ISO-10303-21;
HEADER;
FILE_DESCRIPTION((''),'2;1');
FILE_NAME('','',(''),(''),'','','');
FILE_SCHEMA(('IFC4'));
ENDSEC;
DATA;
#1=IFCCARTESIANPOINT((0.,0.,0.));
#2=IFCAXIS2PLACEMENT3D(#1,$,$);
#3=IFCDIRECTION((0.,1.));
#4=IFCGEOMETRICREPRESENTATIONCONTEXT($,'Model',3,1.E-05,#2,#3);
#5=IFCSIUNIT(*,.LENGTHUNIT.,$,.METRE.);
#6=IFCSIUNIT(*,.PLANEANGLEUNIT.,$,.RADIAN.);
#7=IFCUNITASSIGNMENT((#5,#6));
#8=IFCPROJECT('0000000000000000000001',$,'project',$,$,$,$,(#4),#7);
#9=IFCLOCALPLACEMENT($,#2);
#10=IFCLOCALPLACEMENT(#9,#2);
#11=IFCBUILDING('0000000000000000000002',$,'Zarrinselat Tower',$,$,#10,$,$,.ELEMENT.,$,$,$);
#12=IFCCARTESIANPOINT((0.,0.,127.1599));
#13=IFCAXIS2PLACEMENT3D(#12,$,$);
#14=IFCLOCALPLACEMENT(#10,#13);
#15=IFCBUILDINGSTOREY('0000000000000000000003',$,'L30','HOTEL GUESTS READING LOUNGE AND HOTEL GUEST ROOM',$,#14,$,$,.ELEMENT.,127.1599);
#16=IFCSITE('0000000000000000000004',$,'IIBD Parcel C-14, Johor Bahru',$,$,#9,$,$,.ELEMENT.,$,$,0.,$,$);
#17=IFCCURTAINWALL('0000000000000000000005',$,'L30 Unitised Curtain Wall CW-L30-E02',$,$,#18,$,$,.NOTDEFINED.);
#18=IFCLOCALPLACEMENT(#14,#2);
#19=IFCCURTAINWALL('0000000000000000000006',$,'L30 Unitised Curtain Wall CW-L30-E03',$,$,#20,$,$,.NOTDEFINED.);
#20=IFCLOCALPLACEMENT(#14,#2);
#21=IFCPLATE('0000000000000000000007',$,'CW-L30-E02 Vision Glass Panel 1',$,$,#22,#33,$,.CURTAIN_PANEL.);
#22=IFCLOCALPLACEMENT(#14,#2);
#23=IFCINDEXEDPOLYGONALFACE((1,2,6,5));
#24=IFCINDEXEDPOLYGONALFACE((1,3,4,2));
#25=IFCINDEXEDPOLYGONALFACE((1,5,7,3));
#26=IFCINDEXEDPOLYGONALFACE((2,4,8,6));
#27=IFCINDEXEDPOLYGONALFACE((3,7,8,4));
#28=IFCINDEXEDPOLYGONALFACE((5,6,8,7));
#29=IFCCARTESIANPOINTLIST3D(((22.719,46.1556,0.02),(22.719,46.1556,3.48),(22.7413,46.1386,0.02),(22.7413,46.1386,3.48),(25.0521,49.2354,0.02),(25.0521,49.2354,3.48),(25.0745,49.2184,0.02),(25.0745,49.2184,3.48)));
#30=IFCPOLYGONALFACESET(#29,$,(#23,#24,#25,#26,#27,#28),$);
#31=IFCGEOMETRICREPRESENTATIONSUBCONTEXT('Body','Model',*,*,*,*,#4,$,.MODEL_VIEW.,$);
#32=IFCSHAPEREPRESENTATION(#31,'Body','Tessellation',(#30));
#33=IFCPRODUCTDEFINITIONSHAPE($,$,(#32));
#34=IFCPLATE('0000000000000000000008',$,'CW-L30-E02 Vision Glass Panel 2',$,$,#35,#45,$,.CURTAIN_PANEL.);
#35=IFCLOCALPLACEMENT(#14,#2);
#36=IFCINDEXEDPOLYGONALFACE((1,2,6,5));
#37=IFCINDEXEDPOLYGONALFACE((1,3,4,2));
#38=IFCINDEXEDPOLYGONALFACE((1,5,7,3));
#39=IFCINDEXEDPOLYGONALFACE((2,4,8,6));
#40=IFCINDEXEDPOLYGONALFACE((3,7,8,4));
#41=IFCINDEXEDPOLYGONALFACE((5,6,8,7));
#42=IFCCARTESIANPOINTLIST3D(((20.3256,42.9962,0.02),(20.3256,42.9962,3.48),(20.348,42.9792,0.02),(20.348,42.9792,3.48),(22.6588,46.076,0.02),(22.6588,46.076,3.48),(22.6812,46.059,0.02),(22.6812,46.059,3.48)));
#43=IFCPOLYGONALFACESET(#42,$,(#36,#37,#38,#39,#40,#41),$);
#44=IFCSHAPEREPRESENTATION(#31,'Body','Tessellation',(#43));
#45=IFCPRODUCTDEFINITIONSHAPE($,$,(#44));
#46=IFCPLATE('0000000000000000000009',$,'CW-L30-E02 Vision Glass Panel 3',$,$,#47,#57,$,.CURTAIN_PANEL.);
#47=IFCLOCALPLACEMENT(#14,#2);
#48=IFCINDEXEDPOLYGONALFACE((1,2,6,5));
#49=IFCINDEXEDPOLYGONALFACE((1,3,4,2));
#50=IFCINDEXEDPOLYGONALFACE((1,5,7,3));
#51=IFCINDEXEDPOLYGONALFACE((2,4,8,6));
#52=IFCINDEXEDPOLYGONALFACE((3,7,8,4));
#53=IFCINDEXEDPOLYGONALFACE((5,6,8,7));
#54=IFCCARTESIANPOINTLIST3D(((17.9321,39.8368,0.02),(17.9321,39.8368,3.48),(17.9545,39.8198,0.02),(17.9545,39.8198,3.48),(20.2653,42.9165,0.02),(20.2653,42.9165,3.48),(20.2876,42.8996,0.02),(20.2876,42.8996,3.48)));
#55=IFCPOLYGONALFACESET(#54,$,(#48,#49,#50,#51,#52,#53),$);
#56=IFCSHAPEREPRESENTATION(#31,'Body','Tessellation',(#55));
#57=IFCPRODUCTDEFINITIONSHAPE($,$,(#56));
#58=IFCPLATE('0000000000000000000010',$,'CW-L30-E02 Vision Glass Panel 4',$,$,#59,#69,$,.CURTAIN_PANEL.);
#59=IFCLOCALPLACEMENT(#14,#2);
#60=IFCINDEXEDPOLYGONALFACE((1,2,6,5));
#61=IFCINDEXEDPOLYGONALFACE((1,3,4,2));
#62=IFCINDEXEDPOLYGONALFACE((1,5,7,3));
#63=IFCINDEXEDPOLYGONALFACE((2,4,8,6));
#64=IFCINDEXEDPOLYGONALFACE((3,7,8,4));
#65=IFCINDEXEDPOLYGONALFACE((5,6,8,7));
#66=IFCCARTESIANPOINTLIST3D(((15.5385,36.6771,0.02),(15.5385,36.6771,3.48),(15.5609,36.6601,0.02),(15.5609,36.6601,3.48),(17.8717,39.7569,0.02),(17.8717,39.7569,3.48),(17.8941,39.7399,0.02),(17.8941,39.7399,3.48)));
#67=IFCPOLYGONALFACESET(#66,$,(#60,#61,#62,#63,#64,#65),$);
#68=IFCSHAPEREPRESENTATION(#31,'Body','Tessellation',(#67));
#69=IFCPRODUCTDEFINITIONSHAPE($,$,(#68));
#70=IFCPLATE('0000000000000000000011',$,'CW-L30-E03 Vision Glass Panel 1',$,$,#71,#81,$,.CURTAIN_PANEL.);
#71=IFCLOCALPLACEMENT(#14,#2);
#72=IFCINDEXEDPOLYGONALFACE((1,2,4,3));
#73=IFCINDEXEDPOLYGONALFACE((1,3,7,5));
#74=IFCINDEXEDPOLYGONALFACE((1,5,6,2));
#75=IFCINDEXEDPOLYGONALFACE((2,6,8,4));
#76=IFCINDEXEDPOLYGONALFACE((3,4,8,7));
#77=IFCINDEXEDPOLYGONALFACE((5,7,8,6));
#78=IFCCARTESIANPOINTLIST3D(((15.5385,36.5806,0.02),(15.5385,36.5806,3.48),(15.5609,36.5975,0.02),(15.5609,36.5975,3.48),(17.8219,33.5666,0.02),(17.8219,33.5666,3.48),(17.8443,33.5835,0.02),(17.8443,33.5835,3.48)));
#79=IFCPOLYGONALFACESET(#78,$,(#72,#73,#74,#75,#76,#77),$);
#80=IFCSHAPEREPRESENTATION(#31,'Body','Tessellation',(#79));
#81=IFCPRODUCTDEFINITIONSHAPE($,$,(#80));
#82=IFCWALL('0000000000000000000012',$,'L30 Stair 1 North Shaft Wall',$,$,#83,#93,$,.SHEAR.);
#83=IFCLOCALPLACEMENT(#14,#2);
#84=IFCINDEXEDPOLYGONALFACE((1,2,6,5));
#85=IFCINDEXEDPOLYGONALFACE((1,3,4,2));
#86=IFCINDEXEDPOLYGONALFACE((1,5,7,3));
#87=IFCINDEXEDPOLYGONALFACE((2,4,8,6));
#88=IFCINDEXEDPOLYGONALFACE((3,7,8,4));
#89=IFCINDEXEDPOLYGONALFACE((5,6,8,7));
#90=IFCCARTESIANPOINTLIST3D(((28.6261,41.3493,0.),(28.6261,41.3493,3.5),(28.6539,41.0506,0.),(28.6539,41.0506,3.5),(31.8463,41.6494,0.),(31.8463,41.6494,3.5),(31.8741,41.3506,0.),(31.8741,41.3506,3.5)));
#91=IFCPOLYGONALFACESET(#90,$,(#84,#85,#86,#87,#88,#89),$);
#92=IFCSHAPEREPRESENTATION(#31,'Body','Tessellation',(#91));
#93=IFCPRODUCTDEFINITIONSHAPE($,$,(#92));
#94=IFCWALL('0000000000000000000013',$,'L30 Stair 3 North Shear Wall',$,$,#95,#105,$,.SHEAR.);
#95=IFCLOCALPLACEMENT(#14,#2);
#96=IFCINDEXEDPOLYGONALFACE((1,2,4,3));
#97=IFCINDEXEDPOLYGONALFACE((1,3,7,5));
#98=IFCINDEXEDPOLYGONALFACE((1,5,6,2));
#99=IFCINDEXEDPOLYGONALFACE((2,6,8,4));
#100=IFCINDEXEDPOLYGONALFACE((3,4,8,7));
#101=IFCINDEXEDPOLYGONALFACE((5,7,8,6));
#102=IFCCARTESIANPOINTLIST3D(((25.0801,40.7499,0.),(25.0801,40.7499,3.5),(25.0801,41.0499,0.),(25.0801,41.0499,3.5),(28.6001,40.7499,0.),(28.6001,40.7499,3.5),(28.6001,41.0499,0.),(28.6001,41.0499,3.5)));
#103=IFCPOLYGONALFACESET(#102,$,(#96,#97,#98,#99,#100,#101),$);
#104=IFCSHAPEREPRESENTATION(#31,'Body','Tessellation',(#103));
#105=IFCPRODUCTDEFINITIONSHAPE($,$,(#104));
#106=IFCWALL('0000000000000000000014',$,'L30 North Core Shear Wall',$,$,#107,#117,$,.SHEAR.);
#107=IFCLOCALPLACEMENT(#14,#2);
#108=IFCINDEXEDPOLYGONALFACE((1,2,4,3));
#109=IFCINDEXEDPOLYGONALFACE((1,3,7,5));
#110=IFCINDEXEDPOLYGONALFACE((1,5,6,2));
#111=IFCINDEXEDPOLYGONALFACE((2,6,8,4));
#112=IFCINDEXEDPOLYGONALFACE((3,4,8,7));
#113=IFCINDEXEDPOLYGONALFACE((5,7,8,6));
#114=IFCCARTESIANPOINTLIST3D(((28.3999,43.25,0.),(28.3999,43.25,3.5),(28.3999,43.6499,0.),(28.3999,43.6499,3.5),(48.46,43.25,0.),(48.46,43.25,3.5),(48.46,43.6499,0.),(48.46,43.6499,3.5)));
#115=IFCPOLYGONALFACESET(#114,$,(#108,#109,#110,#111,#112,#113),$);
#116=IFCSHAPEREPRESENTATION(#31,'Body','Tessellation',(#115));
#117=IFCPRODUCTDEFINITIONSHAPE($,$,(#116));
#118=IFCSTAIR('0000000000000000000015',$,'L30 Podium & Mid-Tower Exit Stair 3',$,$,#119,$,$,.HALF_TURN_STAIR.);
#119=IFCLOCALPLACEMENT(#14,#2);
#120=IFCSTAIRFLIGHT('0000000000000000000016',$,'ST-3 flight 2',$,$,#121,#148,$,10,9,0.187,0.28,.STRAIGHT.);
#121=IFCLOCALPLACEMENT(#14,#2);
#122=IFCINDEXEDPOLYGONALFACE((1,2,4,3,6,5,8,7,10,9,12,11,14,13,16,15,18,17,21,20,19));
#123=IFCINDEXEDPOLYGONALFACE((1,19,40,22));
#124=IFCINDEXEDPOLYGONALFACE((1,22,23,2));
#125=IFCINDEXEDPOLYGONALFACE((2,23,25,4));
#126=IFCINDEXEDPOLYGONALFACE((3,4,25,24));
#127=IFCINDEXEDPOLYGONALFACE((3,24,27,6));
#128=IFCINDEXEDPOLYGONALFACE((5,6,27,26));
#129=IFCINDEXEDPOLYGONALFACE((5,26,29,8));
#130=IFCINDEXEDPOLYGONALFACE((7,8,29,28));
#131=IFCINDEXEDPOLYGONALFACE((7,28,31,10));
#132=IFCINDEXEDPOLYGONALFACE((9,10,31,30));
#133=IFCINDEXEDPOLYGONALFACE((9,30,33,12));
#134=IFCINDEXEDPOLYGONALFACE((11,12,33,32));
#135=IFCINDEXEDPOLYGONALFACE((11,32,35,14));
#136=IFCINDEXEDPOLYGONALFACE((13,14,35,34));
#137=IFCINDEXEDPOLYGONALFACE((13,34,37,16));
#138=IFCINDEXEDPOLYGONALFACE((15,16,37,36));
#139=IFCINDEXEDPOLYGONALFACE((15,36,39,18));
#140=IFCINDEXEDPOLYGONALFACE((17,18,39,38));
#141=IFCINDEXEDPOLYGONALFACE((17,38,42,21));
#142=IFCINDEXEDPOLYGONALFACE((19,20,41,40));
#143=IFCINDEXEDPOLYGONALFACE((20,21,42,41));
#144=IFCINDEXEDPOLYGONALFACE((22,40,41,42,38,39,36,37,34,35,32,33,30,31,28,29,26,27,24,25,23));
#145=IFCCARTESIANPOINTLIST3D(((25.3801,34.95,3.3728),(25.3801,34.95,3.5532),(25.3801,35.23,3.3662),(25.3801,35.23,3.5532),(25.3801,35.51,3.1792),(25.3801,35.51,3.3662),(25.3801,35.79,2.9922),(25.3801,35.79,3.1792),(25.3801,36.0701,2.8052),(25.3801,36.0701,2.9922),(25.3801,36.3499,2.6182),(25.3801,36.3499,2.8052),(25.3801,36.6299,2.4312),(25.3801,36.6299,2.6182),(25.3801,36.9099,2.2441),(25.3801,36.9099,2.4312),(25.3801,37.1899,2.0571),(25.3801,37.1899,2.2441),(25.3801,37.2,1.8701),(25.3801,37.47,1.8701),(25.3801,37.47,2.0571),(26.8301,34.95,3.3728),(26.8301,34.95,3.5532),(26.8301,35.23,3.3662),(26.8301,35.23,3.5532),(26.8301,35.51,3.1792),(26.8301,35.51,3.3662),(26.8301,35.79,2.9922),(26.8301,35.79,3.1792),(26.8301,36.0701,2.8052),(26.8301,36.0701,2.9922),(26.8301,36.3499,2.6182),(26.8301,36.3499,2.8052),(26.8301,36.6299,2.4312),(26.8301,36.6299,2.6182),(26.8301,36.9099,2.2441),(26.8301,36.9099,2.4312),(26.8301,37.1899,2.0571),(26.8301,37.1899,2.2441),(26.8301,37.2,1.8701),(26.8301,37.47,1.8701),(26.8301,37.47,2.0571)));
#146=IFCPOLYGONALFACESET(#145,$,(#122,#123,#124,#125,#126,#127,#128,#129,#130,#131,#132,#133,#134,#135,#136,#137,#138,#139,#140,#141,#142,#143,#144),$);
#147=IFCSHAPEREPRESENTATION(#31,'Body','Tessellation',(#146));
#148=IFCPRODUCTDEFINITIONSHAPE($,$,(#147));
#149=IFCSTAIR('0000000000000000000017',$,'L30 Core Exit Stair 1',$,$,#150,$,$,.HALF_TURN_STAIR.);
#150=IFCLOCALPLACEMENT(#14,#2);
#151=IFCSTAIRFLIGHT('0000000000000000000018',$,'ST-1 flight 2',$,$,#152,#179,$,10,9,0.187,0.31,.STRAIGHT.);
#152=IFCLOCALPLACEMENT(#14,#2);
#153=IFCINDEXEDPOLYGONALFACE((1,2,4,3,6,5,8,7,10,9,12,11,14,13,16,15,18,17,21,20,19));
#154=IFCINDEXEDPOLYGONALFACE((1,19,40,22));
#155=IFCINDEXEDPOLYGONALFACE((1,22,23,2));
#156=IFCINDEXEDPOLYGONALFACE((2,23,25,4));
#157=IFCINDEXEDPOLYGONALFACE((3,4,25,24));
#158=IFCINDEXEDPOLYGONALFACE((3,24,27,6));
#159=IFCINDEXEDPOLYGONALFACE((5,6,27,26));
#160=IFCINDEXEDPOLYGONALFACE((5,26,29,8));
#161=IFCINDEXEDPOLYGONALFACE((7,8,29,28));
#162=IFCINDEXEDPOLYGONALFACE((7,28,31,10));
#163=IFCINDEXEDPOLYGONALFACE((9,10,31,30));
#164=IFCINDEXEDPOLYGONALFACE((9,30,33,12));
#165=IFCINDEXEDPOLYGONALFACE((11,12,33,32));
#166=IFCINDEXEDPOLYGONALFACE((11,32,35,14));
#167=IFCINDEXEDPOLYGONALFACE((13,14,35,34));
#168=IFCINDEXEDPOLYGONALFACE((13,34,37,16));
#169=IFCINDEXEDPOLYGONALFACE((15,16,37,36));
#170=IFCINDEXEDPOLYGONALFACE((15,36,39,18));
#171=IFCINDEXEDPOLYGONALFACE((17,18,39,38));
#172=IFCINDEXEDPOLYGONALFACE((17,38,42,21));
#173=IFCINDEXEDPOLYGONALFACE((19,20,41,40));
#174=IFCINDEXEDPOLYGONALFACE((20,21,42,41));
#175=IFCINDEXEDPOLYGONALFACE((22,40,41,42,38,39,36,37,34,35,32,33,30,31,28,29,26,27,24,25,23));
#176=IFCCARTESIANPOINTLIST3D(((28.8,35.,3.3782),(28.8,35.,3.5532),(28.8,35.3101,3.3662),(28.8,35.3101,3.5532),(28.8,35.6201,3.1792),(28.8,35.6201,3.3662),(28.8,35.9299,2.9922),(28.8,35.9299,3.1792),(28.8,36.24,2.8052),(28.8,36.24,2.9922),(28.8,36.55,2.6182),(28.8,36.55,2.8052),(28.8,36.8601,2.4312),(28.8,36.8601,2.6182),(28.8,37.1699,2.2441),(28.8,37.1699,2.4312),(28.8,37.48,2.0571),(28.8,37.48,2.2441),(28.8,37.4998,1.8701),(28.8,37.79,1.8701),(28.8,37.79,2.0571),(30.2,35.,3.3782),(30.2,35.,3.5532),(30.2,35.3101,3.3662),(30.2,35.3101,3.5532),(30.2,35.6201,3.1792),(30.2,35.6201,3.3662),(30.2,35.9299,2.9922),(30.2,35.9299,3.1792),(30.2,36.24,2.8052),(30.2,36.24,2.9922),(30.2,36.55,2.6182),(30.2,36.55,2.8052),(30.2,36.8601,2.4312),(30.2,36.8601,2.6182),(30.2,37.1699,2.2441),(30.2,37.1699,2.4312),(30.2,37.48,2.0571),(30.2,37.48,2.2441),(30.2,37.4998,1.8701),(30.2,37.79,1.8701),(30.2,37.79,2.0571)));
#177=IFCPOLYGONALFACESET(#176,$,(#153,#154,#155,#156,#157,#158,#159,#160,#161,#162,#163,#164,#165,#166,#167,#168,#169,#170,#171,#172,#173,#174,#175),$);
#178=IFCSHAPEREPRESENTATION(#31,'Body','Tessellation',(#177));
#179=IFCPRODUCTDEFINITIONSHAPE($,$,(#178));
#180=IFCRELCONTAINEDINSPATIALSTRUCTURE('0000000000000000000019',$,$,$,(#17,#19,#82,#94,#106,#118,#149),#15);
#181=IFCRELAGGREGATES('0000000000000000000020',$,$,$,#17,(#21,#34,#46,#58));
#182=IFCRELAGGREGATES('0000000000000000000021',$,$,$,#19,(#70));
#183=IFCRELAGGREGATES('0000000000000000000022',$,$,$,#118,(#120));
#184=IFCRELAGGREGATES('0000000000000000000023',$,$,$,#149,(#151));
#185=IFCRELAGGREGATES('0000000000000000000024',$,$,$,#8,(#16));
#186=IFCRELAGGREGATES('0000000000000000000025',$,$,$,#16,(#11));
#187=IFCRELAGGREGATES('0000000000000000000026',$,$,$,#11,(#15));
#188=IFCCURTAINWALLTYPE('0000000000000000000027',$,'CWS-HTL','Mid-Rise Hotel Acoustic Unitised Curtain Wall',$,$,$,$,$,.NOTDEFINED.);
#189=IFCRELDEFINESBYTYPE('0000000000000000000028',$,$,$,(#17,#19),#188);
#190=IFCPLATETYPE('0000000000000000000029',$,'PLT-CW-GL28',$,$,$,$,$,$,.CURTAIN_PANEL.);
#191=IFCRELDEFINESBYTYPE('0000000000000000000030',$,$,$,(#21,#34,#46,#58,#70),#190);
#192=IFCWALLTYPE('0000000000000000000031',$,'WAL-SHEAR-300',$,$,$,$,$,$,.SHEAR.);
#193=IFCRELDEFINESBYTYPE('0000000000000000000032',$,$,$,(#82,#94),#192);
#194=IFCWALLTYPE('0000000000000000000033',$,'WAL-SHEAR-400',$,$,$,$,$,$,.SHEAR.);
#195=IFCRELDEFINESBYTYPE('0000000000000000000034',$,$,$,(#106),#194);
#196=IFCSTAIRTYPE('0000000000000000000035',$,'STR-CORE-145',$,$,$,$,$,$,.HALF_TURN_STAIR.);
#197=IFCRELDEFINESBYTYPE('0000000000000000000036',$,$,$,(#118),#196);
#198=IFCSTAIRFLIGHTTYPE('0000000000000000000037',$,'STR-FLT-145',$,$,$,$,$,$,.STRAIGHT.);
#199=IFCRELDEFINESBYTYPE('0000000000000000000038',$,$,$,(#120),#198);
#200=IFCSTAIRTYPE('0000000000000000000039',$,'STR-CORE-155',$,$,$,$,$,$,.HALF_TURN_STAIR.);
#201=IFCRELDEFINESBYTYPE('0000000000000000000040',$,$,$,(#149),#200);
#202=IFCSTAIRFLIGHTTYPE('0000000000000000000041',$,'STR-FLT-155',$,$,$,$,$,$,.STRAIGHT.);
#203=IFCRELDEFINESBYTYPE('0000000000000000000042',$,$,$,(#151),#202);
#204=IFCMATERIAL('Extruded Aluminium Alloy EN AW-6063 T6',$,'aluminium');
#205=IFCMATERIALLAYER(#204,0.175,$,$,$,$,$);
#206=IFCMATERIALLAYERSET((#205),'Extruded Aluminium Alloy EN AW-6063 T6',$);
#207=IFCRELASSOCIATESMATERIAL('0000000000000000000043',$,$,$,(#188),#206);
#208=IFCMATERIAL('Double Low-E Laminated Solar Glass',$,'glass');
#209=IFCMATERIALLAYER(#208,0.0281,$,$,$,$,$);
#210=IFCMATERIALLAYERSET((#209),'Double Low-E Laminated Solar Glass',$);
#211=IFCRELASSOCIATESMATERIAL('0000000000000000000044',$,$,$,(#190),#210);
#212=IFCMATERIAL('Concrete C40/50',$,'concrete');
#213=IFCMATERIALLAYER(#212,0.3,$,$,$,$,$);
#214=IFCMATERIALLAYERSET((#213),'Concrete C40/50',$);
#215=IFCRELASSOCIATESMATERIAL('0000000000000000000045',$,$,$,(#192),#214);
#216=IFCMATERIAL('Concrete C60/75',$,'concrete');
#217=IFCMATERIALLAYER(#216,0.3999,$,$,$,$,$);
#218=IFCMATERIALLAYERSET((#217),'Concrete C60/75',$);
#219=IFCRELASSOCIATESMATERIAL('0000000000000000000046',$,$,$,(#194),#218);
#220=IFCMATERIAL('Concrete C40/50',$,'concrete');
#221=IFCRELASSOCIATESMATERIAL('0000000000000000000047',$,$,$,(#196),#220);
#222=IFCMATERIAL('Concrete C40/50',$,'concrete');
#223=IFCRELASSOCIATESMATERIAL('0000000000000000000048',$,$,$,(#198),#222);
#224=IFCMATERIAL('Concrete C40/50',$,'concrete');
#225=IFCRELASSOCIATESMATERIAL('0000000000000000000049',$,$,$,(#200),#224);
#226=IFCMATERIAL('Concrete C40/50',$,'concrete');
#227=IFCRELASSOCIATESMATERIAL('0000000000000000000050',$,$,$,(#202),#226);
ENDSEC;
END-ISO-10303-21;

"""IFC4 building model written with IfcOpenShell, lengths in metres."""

from ifc_helpers import new_model, si_unit, direction, frame, frame_2d, origin, origin_2d, place, context, subcontext, project, spatial, polyline, rectangle, outline, extrude, material, layer, layer_set, type_object, element, aggregate, save


model = new_model("IFC4")

# Units and contexts
model_context = context("Model", 3, precision=1e-05, world=origin(), true_north=direction((0.0, 1.0)))
body_context = subcontext(model_context, "Body", "Model", "MODEL_VIEW")
ifc_project = project(units=[si_unit("LENGTHUNIT", "METRE"), si_unit("PLANEANGLEUNIT", "RADIAN")], contexts=[model_context])

# Site, building, storey
site_placement = place(None, origin())
site = spatial("IfcSite", under=ifc_project, at=site_placement, Name="IIBD Parcel C-14, Johor Bahru", CompositionType="ELEMENT", RefElevation=0.0)
building_placement = place(site_placement, origin())
building = spatial("IfcBuilding", under=site, at=building_placement, Name="Zarrinselat Tower", CompositionType="ELEMENT")
storey_placement = place(building_placement, frame((0.0, 0.0, 127.1599)))
storey = spatial("IfcBuildingStorey", under=building, at=storey_placement, Name="L30", Description="HOTEL GUESTS READING LOUNGE AND HOTEL GUEST ROOM", CompositionType="ELEMENT", Elevation=127.1599)

# Curtain wall
ifc_material_1 = material(Name="Extruded Aluminium Alloy EN AW-6063 T6", Category="aluminium")
ifc_layer_1 = layer(ifc_material_1, 0.175)
ifc_layer_set_1 = layer_set([ifc_layer_1], Name="Extruded Aluminium Alloy EN AW-6063 T6")
curtain_wall_type = type_object("IfcCurtainWallType", Name="CWS-HTL", Description="Mid-Rise Hotel Acoustic Unitised Curtain Wall", PredefinedType="NOTDEFINED", material=ifc_layer_set_1)
curtain_wall_1_placement = place(storey_placement, origin())
curtain_wall_1 = element("IfcCurtainWall", 1, at=curtain_wall_1_placement, inside=storey, type_object=curtain_wall_type, Name="L30 Unitised Curtain Wall CW-L30-E02", PredefinedType="NOTDEFINED")

# Curtain wall
curtain_wall_2_placement = place(storey_placement, origin())
curtain_wall_2 = element("IfcCurtainWall", 2, at=curtain_wall_2_placement, inside=storey, type_object=curtain_wall_type, Name="L30 Unitised Curtain Wall CW-L30-E03", PredefinedType="NOTDEFINED")

# Plates
ifc_material_2 = material(Name="Double Low-E Laminated Solar Glass", Category="glass")
ifc_layer_2 = layer(ifc_material_2, 0.0281)
ifc_layer_set_2 = layer_set([ifc_layer_2], Name="Double Low-E Laminated Solar Glass")
plate_type = type_object("IfcPlateType", Name="PLT-CW-GL28", PredefinedType="CURTAIN_PANEL", material=ifc_layer_set_2)
plate_1_placement = place(storey_placement, frame((23.8967, 47.687, 0.02), z_axis=(0.0, 0.0, 1.0), x_axis=(-0.603858, -0.797092, 0.0)))
plate_1 = element("IfcPlate", 3, at=plate_1_placement, type_object=plate_type, Name="CW-L30-E02 Vision Glass Panel 1", PredefinedType="CURTAIN_PANEL", context=body_context, shape_type="SweptSolid", body=[
    extrude(rectangle(XDim=3.8638, YDim=0.0281, at=origin_2d()), origin(), (0.0, 0.0, 1.0), 3.46),
])
plate_2_placement = place(storey_placement, frame((21.5034, 44.5276, 0.02), z_axis=(0.0, 0.0, 1.0), x_axis=(-0.603858, -0.797092, 0.0)))
plate_2 = element("IfcPlate", 4, at=plate_2_placement, type_object=plate_type, Name="CW-L30-E02 Vision Glass Panel 2", PredefinedType="CURTAIN_PANEL", context=body_context, shape_type="SweptSolid", body=[
    extrude(rectangle(XDim=3.8638, YDim=0.0281, at=origin_2d()), origin(), (0.0, 0.0, 1.0), 3.46),
])
plate_3_placement = place(storey_placement, frame((19.1099, 41.3682, 0.02), z_axis=(0.0, 0.0, 1.0), x_axis=(-0.603858, -0.797092, 0.0)))
plate_3 = element("IfcPlate", 5, at=plate_3_placement, type_object=plate_type, Name="CW-L30-E02 Vision Glass Panel 3", PredefinedType="CURTAIN_PANEL", context=body_context, shape_type="SweptSolid", body=[
    extrude(rectangle(XDim=3.8638, YDim=0.0281, at=origin_2d()), origin(), (0.0, 0.0, 1.0), 3.46),
])
plate_4_placement = place(storey_placement, frame((16.7163, 38.2085, 0.02), z_axis=(0.0, 0.0, 1.0), x_axis=(-0.603858, -0.797092, 0.0)))
plate_4 = element("IfcPlate", 6, at=plate_4_placement, type_object=plate_type, Name="CW-L30-E02 Vision Glass Panel 4", PredefinedType="CURTAIN_PANEL", context=body_context, shape_type="SweptSolid", body=[
    extrude(rectangle(XDim=3.8638, YDim=0.0281, at=origin_2d()), origin(), (0.0, 0.0, 1.0), 3.46),
])
aggregate(curtain_wall_1, [plate_1, plate_2, plate_3, plate_4])
plate_5_placement = place(storey_placement, frame((16.6914, 35.082, 0.02), z_axis=(0.0, 0.0, 1.0), x_axis=(0.603858, -0.797092, 0.0)))
plate_5 = element("IfcPlate", 7, at=plate_5_placement, type_object=plate_type, Name="CW-L30-E03 Vision Glass Panel 1", PredefinedType="CURTAIN_PANEL", context=body_context, shape_type="SweptSolid", body=[
    extrude(rectangle(XDim=3.7812, YDim=0.0281, at=origin_2d()), origin(), (0.0, 0.0, 1.0), 3.46),
])
aggregate(curtain_wall_2, [plate_5])

# Walls
ifc_material_3 = material(Name="Concrete C40/50", Category="concrete")
ifc_layer_3 = layer(ifc_material_3, 0.3)
ifc_layer_set_3 = layer_set([ifc_layer_3], Name="Concrete C40/50")
wall_type_1 = type_object("IfcWallType", Name="WAL-SHEAR-300", PredefinedType="SHEAR", material=ifc_layer_set_3)
wall_1_placement = place(storey_placement, frame((28.6399, 41.2, 0.0), z_axis=(0.0, 0.0, 1.0), x_axis=(0.995687, 0.092775, 0.0)))
element("IfcWall", 8, at=wall_1_placement, inside=storey, type_object=wall_type_1, Name="L30 Stair 1 North Shaft Wall", PredefinedType="SHEAR", context=body_context, shape_type="SweptSolid", body=[
    extrude(rectangle(XDim=3.2341, YDim=0.3, at=frame_2d((1.6172, 0.0))), origin(), (0.0, 0.0, 1.0), 3.5),
])
wall_2_placement = place(storey_placement, frame((25.0801, 40.8999, 0.0), z_axis=(0.0, 0.0, 1.0), x_axis=(1.0, 0.0, 0.0)))
element("IfcWall", 9, at=wall_2_placement, inside=storey, type_object=wall_type_1, Name="L30 Stair 3 North Shear Wall", PredefinedType="SHEAR", context=body_context, shape_type="SweptSolid", body=[
    extrude(rectangle(XDim=3.52, YDim=0.3, at=frame_2d((1.76, 0.0))), origin(), (0.0, 0.0, 1.0), 3.5),
])
ifc_material_4 = material(Name="Concrete C60/75", Category="concrete")
ifc_layer_4 = layer(ifc_material_4, 0.3999)
ifc_layer_set_4 = layer_set([ifc_layer_4], Name="Concrete C60/75")
wall_type_2 = type_object("IfcWallType", Name="WAL-SHEAR-400", PredefinedType="SHEAR", material=ifc_layer_set_4)
wall_3_placement = place(storey_placement, frame((28.3999, 43.45, 0.0), z_axis=(0.0, 0.0, 1.0), x_axis=(1.0, 0.0, 0.0)))
element("IfcWall", 10, at=wall_3_placement, inside=storey, type_object=wall_type_2, Name="L30 North Core Shear Wall", PredefinedType="SHEAR", context=body_context, shape_type="SweptSolid", body=[
    extrude(rectangle(XDim=20.0601, YDim=0.3999, at=frame_2d((10.03, 0.0))), origin(), (0.0, 0.0, 1.0), 3.5),
])

# Stairs, stair flights
ifc_material_5 = material(Name="Concrete C40/50", Category="concrete")
stair_type_1 = type_object("IfcStairType", Name="STR-CORE-145", PredefinedType="HALF_TURN_STAIR", material=ifc_material_5)
stair_1_placement = place(storey_placement, origin())
stair_1 = element("IfcStair", 11, at=stair_1_placement, inside=storey, type_object=stair_type_1, Name="L30 Podium & Mid-Tower Exit Stair 3", PredefinedType="HALF_TURN_STAIR")
ifc_material_6 = material(Name="Concrete C40/50", Category="concrete")
stair_flight_type_1 = type_object("IfcStairFlightType", Name="STR-FLT-145", PredefinedType="STRAIGHT", material=ifc_material_6)
stair_flight_1_placement = place(storey_placement, frame((26.105, 37.47, 1.8701), z_axis=(0.0, 0.0, 1.0), x_axis=(0.0, -1.0, 0.0)))
stair_flight_1 = element("IfcStairFlight", 12, at=stair_flight_1_placement, type_object=stair_flight_type_1, Name="ST-3 flight 2", NumberOfRisers=10, NumberOfTreads=9, PredefinedType="STRAIGHT", RiserHeight=0.187, TreadLength=0.28, context=body_context, shape_type="SweptSolid", body=[
    extrude(outline(polyline([(0.0, 0.0), (0.0, 0.187), (0.28, 0.187), (0.28, 0.374), (0.5601, 0.374), (0.5601, 0.561), (0.8401, 0.561), (0.8401, 0.748), (1.1201, 0.748), (1.1201, 0.9351), (1.3999, 0.9351), (1.3999, 1.1221), (1.6799, 1.1221), (1.6799, 1.3091), (1.96, 1.3091), (1.96, 1.4961), (2.24, 1.4961), (2.24, 1.6831), (2.52, 1.6831), (2.52, 1.8701), (2.52, 1.5027), (0.27, 0.0), (0.0, 0.0)])), frame((0.0, 0.7251, 0.0), z_axis=(0.0, -1.0, 0.0), x_axis=(1.0, 0.0, 0.0)), (0.0, 0.0, 1.0), 1.45),
])
aggregate(stair_1, [stair_flight_1])
ifc_material_7 = material(Name="Concrete C40/50", Category="concrete")
stair_type_2 = type_object("IfcStairType", Name="STR-CORE-155", PredefinedType="HALF_TURN_STAIR", material=ifc_material_7)
stair_2_placement = place(storey_placement, origin())
stair_2 = element("IfcStair", 13, at=stair_2_placement, inside=storey, type_object=stair_type_2, Name="L30 Core Exit Stair 1", PredefinedType="HALF_TURN_STAIR")
ifc_material_8 = material(Name="Concrete C40/50", Category="concrete")
stair_flight_type_2 = type_object("IfcStairFlightType", Name="STR-FLT-155", PredefinedType="STRAIGHT", material=ifc_material_8)
stair_flight_2_placement = place(storey_placement, frame((29.5, 37.79, 1.8701), z_axis=(0.0, 0.0, 1.0), x_axis=(0.0, -1.0, 0.0)))
stair_flight_2 = element("IfcStairFlight", 14, at=stair_flight_2_placement, type_object=stair_flight_type_2, Name="ST-1 flight 2", NumberOfRisers=10, NumberOfTreads=9, PredefinedType="STRAIGHT", RiserHeight=0.187, TreadLength=0.31, context=body_context, shape_type="SweptSolid", body=[
    extrude(outline(polyline([(0.0, 0.0), (0.0, 0.187), (0.3101, 0.187), (0.3101, 0.374), (0.6201, 0.374), (0.6201, 0.561), (0.9299, 0.561), (0.9299, 0.748), (1.24, 0.748), (1.24, 0.9351), (1.55, 0.9351), (1.55, 1.1221), (1.8601, 1.1221), (1.8601, 1.3091), (2.1699, 1.3091), (2.1699, 1.4961), (2.48, 1.4961), (2.48, 1.6831), (2.79, 1.6831), (2.79, 1.8701), (2.79, 1.5081), (0.2903, 0.0), (0.0, 0.0)])), frame((0.0, 0.7, 0.0), z_axis=(0.0, -1.0, 0.0), x_axis=(1.0, 0.0, 0.0)), (0.0, 0.0, 1.0), 1.3999),
])
aggregate(stair_2, [stair_flight_2])

save(model, "model.ifc")
